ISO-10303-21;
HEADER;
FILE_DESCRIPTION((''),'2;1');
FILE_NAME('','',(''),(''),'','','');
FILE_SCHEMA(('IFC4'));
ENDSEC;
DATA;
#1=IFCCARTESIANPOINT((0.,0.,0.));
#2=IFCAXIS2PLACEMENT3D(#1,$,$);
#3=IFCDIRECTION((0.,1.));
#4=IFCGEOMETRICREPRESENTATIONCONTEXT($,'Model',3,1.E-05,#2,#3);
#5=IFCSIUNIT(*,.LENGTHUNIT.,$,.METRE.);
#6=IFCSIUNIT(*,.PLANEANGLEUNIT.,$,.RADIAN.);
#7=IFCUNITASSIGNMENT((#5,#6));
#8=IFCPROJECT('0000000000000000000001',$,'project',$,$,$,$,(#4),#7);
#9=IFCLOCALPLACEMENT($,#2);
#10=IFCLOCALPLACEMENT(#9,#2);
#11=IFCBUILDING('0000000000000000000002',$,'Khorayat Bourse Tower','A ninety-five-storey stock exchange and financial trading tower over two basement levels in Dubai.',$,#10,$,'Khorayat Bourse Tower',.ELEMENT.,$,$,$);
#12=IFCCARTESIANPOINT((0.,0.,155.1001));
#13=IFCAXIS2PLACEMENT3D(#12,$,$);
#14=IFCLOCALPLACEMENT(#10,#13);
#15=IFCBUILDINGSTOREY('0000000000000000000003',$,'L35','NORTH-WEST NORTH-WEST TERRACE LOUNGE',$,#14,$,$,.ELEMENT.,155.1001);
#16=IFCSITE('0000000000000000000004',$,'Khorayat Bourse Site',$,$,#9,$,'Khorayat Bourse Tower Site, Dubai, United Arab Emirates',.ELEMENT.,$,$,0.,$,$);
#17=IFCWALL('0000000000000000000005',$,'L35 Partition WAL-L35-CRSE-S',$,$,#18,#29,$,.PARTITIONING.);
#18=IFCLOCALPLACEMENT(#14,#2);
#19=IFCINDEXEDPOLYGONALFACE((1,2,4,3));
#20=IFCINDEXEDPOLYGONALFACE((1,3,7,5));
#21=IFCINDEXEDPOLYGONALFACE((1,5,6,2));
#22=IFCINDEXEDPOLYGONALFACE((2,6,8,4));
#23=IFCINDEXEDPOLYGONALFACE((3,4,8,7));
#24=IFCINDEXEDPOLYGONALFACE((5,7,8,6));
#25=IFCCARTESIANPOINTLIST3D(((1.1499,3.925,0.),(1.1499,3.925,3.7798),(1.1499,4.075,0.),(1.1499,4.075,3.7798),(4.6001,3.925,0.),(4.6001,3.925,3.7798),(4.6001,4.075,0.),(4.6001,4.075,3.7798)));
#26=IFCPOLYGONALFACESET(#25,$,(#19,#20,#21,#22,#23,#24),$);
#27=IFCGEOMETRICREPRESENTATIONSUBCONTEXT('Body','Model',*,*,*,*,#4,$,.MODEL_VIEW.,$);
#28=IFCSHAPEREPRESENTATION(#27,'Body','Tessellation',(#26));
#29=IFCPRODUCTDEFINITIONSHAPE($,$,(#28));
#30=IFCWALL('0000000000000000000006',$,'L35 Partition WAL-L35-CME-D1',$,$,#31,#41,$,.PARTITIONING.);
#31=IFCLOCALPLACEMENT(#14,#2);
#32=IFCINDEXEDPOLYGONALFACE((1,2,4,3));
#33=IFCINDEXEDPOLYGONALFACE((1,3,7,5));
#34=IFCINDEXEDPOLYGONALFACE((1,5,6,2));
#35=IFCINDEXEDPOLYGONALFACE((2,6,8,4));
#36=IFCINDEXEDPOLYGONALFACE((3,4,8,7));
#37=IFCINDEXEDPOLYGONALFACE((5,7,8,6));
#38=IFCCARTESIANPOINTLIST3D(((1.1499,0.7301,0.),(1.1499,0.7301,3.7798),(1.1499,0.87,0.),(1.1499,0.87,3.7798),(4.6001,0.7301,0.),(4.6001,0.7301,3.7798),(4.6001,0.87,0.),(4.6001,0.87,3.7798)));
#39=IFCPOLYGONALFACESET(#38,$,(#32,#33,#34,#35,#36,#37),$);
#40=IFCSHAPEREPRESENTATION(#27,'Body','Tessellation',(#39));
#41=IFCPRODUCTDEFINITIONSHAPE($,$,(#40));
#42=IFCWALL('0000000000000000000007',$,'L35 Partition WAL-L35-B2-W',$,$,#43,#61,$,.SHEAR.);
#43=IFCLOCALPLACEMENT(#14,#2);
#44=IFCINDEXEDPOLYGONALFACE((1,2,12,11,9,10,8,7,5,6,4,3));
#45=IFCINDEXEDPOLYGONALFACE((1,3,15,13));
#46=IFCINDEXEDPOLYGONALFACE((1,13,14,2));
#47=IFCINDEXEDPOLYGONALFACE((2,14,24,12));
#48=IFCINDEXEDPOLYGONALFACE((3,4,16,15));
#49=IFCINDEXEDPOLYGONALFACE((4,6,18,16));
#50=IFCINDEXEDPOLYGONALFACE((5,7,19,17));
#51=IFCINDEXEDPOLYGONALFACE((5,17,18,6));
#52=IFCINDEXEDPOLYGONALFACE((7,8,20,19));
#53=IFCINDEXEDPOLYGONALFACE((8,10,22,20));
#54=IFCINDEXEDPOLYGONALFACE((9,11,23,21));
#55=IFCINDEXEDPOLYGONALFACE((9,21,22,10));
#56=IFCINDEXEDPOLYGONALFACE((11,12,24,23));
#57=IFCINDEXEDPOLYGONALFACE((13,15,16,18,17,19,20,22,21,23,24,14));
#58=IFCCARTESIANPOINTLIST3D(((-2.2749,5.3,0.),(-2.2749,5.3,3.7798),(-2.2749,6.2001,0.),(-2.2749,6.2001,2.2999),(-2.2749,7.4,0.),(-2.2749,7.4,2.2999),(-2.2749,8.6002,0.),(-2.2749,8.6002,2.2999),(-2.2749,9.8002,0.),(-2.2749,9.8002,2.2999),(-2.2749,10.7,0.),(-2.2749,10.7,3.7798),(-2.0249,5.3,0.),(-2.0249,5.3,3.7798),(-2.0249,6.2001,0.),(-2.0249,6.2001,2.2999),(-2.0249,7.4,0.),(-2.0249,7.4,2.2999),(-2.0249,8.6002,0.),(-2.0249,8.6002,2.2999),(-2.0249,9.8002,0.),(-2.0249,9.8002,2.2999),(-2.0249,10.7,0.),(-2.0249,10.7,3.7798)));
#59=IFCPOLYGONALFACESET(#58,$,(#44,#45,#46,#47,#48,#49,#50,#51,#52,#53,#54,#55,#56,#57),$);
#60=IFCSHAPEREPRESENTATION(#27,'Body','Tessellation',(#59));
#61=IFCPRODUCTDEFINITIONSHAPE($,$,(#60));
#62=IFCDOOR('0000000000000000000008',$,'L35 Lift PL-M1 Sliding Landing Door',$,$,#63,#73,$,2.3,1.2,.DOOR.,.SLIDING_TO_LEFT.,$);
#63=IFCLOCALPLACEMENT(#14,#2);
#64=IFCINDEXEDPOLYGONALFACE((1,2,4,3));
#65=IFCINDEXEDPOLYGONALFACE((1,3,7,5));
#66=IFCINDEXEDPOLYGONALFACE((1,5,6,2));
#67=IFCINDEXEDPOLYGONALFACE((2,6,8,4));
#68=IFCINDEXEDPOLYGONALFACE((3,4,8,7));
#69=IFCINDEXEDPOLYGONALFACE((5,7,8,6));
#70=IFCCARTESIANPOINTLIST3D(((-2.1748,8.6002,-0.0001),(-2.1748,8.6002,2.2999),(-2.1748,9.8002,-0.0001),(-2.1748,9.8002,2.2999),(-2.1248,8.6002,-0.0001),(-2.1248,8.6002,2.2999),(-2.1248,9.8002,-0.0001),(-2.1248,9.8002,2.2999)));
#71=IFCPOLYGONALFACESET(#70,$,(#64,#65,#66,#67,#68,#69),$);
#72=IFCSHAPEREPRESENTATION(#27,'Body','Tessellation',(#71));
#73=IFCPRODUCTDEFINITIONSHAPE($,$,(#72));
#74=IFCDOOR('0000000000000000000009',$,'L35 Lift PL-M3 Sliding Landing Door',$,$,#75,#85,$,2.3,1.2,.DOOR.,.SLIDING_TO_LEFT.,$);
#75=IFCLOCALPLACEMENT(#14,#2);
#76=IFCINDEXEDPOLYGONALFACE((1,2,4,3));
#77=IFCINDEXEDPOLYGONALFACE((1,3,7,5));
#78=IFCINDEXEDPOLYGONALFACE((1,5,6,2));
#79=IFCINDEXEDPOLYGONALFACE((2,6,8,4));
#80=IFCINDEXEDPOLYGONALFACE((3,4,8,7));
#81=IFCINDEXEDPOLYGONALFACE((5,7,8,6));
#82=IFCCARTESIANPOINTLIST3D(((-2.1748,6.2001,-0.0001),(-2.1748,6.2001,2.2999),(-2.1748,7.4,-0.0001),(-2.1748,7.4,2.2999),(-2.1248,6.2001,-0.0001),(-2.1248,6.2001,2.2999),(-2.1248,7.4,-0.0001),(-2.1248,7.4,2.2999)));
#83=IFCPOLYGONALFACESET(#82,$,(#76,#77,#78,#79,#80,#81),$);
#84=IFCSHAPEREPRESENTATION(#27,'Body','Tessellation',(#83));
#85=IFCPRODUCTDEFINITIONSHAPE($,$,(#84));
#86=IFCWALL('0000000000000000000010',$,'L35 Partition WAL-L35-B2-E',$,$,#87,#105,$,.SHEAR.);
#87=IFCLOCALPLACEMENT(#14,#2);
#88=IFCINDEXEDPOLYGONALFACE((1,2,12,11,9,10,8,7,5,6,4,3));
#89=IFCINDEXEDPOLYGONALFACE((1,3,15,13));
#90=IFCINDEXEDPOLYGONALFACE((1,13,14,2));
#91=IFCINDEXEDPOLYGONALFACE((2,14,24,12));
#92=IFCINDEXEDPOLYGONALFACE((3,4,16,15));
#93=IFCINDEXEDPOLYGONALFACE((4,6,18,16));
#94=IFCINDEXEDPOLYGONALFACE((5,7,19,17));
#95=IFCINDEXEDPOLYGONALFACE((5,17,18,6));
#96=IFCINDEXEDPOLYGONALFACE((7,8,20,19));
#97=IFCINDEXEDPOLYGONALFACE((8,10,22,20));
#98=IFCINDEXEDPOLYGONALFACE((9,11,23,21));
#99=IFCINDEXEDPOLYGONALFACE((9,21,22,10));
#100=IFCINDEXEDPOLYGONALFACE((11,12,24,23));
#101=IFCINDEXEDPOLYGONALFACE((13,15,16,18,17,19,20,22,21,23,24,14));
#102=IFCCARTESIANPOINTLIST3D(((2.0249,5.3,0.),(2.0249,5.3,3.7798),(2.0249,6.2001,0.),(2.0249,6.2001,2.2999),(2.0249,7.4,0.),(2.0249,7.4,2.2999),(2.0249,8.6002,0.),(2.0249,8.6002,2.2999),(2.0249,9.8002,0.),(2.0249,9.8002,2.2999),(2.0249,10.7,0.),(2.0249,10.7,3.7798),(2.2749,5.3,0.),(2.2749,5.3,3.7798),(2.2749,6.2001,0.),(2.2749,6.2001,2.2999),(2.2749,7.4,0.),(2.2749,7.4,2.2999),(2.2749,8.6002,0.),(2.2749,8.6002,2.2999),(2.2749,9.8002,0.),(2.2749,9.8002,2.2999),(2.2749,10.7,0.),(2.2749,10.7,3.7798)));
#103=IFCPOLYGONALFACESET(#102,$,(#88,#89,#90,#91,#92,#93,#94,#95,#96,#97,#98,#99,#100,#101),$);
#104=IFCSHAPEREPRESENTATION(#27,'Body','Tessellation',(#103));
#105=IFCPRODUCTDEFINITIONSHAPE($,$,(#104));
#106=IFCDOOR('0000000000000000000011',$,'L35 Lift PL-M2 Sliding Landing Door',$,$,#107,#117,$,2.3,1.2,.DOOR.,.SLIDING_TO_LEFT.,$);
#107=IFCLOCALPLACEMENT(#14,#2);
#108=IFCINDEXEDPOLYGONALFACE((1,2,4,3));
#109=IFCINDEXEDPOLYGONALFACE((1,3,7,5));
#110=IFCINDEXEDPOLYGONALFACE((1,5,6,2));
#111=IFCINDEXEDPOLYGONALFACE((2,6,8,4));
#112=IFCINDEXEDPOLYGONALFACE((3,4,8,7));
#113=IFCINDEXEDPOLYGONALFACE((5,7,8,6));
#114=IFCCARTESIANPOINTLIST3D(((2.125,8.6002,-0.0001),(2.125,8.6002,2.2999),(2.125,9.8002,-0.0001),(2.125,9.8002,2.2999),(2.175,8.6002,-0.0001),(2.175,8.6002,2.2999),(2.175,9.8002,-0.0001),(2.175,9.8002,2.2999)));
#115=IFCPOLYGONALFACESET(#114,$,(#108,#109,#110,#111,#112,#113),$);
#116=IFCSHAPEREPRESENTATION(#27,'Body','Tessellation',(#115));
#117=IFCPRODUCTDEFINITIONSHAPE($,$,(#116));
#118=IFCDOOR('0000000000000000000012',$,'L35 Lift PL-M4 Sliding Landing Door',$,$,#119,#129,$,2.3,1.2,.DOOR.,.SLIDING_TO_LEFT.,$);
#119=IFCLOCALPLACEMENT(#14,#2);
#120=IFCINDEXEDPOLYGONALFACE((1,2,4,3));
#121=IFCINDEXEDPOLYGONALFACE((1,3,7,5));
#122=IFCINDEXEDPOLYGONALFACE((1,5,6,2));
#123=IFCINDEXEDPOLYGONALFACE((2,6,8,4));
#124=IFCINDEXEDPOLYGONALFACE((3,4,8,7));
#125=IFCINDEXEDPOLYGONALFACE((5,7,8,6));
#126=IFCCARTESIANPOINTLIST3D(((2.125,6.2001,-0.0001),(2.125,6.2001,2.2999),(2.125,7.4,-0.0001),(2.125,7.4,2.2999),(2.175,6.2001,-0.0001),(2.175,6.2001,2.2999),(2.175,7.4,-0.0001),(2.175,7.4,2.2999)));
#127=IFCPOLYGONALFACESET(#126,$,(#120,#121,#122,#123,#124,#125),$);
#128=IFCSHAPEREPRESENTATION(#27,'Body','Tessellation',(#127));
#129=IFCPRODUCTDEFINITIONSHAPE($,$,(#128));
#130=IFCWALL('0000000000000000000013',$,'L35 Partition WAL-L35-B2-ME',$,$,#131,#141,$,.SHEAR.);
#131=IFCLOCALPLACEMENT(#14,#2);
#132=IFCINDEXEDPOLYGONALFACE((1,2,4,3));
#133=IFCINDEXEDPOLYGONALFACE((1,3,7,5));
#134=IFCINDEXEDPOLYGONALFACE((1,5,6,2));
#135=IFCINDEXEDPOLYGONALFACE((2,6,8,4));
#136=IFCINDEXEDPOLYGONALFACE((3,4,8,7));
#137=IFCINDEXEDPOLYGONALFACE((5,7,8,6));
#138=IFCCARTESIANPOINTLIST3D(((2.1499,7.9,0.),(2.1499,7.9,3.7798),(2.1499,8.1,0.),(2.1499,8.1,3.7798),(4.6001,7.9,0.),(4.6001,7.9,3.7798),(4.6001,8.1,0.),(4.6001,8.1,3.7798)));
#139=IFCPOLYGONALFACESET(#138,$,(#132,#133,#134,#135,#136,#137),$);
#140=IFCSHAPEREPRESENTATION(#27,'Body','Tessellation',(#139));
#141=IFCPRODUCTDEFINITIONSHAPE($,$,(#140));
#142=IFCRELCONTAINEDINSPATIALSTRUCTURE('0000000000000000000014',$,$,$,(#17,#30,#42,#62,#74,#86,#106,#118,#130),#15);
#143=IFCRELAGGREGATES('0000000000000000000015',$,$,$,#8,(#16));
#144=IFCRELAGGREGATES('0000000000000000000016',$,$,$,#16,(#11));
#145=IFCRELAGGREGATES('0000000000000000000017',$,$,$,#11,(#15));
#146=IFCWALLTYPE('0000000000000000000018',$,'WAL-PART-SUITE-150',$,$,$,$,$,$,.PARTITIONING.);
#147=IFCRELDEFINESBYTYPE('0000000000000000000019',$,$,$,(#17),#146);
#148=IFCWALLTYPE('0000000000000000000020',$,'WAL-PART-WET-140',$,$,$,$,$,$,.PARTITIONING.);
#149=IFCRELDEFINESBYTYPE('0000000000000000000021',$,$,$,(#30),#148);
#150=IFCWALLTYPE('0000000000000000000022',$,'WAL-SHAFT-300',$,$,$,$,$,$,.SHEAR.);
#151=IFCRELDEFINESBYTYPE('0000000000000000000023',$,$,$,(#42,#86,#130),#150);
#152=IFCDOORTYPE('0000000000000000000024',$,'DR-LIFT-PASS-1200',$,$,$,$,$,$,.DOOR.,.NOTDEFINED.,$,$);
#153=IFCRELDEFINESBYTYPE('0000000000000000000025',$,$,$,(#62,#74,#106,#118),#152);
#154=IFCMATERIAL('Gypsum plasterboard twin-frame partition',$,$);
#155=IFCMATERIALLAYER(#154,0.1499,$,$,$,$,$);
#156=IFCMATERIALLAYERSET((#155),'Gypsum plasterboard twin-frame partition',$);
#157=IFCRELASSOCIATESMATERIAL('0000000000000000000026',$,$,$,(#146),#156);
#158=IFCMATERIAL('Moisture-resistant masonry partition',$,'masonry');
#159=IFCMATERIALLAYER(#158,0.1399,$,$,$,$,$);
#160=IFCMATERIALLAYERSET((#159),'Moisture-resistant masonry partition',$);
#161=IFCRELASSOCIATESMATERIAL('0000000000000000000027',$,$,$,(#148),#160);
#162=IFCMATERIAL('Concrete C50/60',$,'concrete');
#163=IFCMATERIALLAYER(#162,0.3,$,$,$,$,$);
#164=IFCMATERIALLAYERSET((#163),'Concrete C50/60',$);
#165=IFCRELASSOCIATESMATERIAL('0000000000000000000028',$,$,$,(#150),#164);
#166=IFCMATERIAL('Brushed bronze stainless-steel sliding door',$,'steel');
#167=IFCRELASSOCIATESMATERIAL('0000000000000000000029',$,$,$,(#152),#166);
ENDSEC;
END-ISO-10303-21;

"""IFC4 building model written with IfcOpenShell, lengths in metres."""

from ifc_helpers import new_model, si_unit, direction, frame, frame_2d, origin, place, context, subcontext, project, spatial, rectangle, extrude, source, transform, mapped, material, layer, layer_set, type_object, element, fill, save


model = new_model("IFC4")

# Units and contexts
model_context = context("Model", 3, precision=1e-05, world=origin(), true_north=direction((0.0, 1.0)))
body_context = subcontext(model_context, "Body", "Model", "MODEL_VIEW")
ifc_project = project(units=[si_unit("LENGTHUNIT", "METRE"), si_unit("PLANEANGLEUNIT", "RADIAN")], contexts=[model_context])

# Site, building, storey
site_placement = place(None, origin())
site = spatial("IfcSite", under=ifc_project, at=site_placement, Name="Khorayat Bourse Site", LongName="Khorayat Bourse Tower Site, Dubai, United Arab Emirates", CompositionType="ELEMENT", RefElevation=0.0)
building_placement = place(site_placement, origin())
building = spatial("IfcBuilding", under=site, at=building_placement, Name="Khorayat Bourse Tower", Description="A ninety-five-storey stock exchange and financial trading tower over two basement levels in Dubai.", LongName="Khorayat Bourse Tower", CompositionType="ELEMENT")
storey_placement = place(building_placement, frame((0.0, 0.0, 155.1001)))
storey = spatial("IfcBuildingStorey", under=building, at=storey_placement, Name="L35", Description="NORTH-WEST NORTH-WEST TERRACE LOUNGE", CompositionType="ELEMENT", Elevation=155.1001)

# Walls
ifc_material_1 = material(Name="Gypsum plasterboard twin-frame partition")
ifc_layer_1 = layer(ifc_material_1, 0.1499)
ifc_layer_set_1 = layer_set([ifc_layer_1], Name="Gypsum plasterboard twin-frame partition")
wall_type_1 = type_object("IfcWallType", Name="WAL-PART-SUITE-150", PredefinedType="PARTITIONING", material=ifc_layer_set_1)
shared_shape_1 = source(origin(), body_context, "Body", "SweptSolid", [
    extrude(rectangle(XDim=3.4502, YDim=0.1499, at=frame_2d((1.7251, 0.0))), origin(), (0.0, 0.0, 1.0), 3.7798),
])
wall_1_placement = place(storey_placement, frame((1.1499, 4.0, 0.0), z_axis=(0.0, 0.0, 1.0), x_axis=(1.0, 0.0, 0.0)))
element("IfcWall", 1, at=wall_1_placement, inside=storey, type_object=wall_type_1, Name="L35 Partition WAL-L35-CRSE-S", PredefinedType="PARTITIONING", context=body_context, shape_type="MappedRepresentation", body=[
    mapped(shared_shape_1, transform((0.0, 0.0, 0.0), scale=1.0)),
])
ifc_material_2 = material(Name="Moisture-resistant masonry partition", Category="masonry")
ifc_layer_2 = layer(ifc_material_2, 0.1399)
ifc_layer_set_2 = layer_set([ifc_layer_2], Name="Moisture-resistant masonry partition")
wall_type_2 = type_object("IfcWallType", Name="WAL-PART-WET-140", PredefinedType="PARTITIONING", material=ifc_layer_set_2)
shared_shape_2 = source(origin(), body_context, "Body", "SweptSolid", [
    extrude(rectangle(XDim=3.4502, YDim=0.1399, at=frame_2d((1.7251, 0.0))), origin(), (0.0, 0.0, 1.0), 3.7798),
])
wall_2_placement = place(storey_placement, frame((1.1499, 0.8, 0.0), z_axis=(0.0, 0.0, 1.0), x_axis=(1.0, 0.0, 0.0)))
element("IfcWall", 2, at=wall_2_placement, inside=storey, type_object=wall_type_2, Name="L35 Partition WAL-L35-CME-D1", PredefinedType="PARTITIONING", context=body_context, shape_type="MappedRepresentation", body=[
    mapped(shared_shape_2, transform((0.0, 0.0, 0.0), scale=1.0)),
])

# Walls, openings, doors
ifc_material_3 = material(Name="Concrete C50/60", Category="concrete")
ifc_layer_3 = layer(ifc_material_3, 0.3)
ifc_layer_set_3 = layer_set([ifc_layer_3], Name="Concrete C50/60")
wall_type_3 = type_object("IfcWallType", Name="WAL-SHAFT-300", PredefinedType="SHEAR", material=ifc_layer_set_3)
shared_shape_3 = source(origin(), body_context, "Body", "SweptSolid", [
    extrude(rectangle(XDim=5.3999, YDim=0.25, at=frame_2d((2.7, 0.0))), origin(), (0.0, 0.0, 1.0), 3.7798),
])
wall_3_placement = place(storey_placement, frame((-2.1499, 5.3, 0.0), z_axis=(0.0, 0.0, 1.0), x_axis=(0.0, 1.0, 0.0)))
wall_3 = element("IfcWall", 3, at=wall_3_placement, inside=storey, type_object=wall_type_3, Name="L35 Partition WAL-L35-B2-W", PredefinedType="SHEAR", context=body_context, shape_type="MappedRepresentation", body=[
    mapped(shared_shape_3, transform((0.0, 0.0, 0.0), scale=1.0)),
])
shared_shape_4 = source(origin(), body_context, "Body", "SweptSolid", [
    extrude(rectangle(XDim=1.2, YDim=2.3, at=frame_2d((0.6001, 1.1499))), frame((0.0, 0.135, 0.0), z_axis=(0.0, -1.0, 0.0), x_axis=(1.0, 0.0, 0.0)), (0.0, 0.0, 1.0), 0.27),
])
opening_1_placement = place(wall_3_placement, frame((3.3, 0.0, 0.0)))
opening_1 = element("IfcOpeningElement", 4, at=opening_1_placement, cuts=wall_3, PredefinedType="OPENING", context=body_context, shape_type="MappedRepresentation", body=[
    mapped(shared_shape_4, transform((0.0, 0.0, 0.0), scale=1.0)),
])
opening_2_placement = place(wall_3_placement, frame((0.8999, 0.0, 0.0)))
opening_2 = element("IfcOpeningElement", 5, at=opening_2_placement, cuts=wall_3, PredefinedType="OPENING", context=body_context, shape_type="MappedRepresentation", body=[
    mapped(shared_shape_4, transform((0.0, 0.0, 0.0), scale=1.0)),
])
ifc_material_4 = material(Name="Brushed bronze stainless-steel sliding door", Category="steel")
door_type = type_object("IfcDoorType", Name="DR-LIFT-PASS-1200", OperationType="NOTDEFINED", PredefinedType="DOOR", material=ifc_material_4)
shared_shape_5 = source(origin(), body_context, "Body", "SweptSolid", [
    extrude(rectangle(XDim=1.2, YDim=2.3, at=frame_2d((0.6001, 1.1499))), frame((0.0, 0.0249, 0.0), z_axis=(0.0, -1.0, 0.0), x_axis=(1.0, 0.0, 0.0)), (0.0, 0.0, 1.0), 0.05),
])
door_1_placement = place(opening_1_placement, origin())
door_1 = element("IfcDoor", 6, at=door_1_placement, inside=storey, type_object=door_type, Name="L35 Lift PL-M1 Sliding Landing Door", OperationType="SLIDING_TO_LEFT", OverallHeight=2.3, OverallWidth=1.2, PredefinedType="DOOR", context=body_context, shape_type="MappedRepresentation", body=[
    mapped(shared_shape_5, transform((0.0, 0.0, 0.0), scale=1.0)),
])
fill(opening_1, door_1)
door_2_placement = place(opening_2_placement, origin())
door_2 = element("IfcDoor", 7, at=door_2_placement, inside=storey, type_object=door_type, Name="L35 Lift PL-M3 Sliding Landing Door", OperationType="SLIDING_TO_LEFT", OverallHeight=2.3, OverallWidth=1.2, PredefinedType="DOOR", context=body_context, shape_type="MappedRepresentation", body=[
    mapped(shared_shape_5, transform((0.0, 0.0, 0.0), scale=1.0)),
])
fill(opening_2, door_2)
wall_4_placement = place(storey_placement, frame((2.1499, 5.3, 0.0), z_axis=(0.0, 0.0, 1.0), x_axis=(0.0, 1.0, 0.0)))
wall_4 = element("IfcWall", 8, at=wall_4_placement, inside=storey, type_object=wall_type_3, Name="L35 Partition WAL-L35-B2-E", PredefinedType="SHEAR", context=body_context, shape_type="MappedRepresentation", body=[
    mapped(shared_shape_3, transform((0.0, 0.0, 0.0), scale=1.0)),
])
opening_3_placement = place(wall_4_placement, frame((3.3, 0.0, 0.0)))
opening_3 = element("IfcOpeningElement", 9, at=opening_3_placement, cuts=wall_4, PredefinedType="OPENING", context=body_context, shape_type="MappedRepresentation", body=[
    mapped(shared_shape_4, transform((0.0, 0.0, 0.0), scale=1.0)),
])
opening_4_placement = place(wall_4_placement, frame((0.8999, 0.0, 0.0)))
opening_4 = element("IfcOpeningElement", 10, at=opening_4_placement, cuts=wall_4, PredefinedType="OPENING", context=body_context, shape_type="MappedRepresentation", body=[
    mapped(shared_shape_4, transform((0.0, 0.0, 0.0), scale=1.0)),
])
door_3_placement = place(opening_3_placement, origin())
door_3 = element("IfcDoor", 11, at=door_3_placement, inside=storey, type_object=door_type, Name="L35 Lift PL-M2 Sliding Landing Door", OperationType="SLIDING_TO_LEFT", OverallHeight=2.3, OverallWidth=1.2, PredefinedType="DOOR", context=body_context, shape_type="MappedRepresentation", body=[
    mapped(shared_shape_5, transform((0.0, 0.0, 0.0), scale=1.0)),
])
fill(opening_3, door_3)
door_4_placement = place(opening_4_placement, origin())
door_4 = element("IfcDoor", 12, at=door_4_placement, inside=storey, type_object=door_type, Name="L35 Lift PL-M4 Sliding Landing Door", OperationType="SLIDING_TO_LEFT", OverallHeight=2.3, OverallWidth=1.2, PredefinedType="DOOR", context=body_context, shape_type="MappedRepresentation", body=[
    mapped(shared_shape_5, transform((0.0, 0.0, 0.0), scale=1.0)),
])
fill(opening_4, door_4)

# Wall
shared_shape_6 = source(origin(), body_context, "Body", "SweptSolid", [
    extrude(rectangle(XDim=2.4502, YDim=0.2, at=frame_2d((1.2251, 0.0))), origin(), (0.0, 0.0, 1.0), 3.7798),
])
wall_5_placement = place(storey_placement, frame((2.1499, 8.0, 0.0), z_axis=(0.0, 0.0, 1.0), x_axis=(1.0, 0.0, 0.0)))
element("IfcWall", 13, at=wall_5_placement, inside=storey, type_object=wall_type_3, Name="L35 Partition WAL-L35-B2-ME", PredefinedType="SHEAR", context=body_context, shape_type="MappedRepresentation", body=[
    mapped(shared_shape_6, transform((0.0, 0.0, 0.0), scale=1.0)),
])

save(model, "model.ifc")
